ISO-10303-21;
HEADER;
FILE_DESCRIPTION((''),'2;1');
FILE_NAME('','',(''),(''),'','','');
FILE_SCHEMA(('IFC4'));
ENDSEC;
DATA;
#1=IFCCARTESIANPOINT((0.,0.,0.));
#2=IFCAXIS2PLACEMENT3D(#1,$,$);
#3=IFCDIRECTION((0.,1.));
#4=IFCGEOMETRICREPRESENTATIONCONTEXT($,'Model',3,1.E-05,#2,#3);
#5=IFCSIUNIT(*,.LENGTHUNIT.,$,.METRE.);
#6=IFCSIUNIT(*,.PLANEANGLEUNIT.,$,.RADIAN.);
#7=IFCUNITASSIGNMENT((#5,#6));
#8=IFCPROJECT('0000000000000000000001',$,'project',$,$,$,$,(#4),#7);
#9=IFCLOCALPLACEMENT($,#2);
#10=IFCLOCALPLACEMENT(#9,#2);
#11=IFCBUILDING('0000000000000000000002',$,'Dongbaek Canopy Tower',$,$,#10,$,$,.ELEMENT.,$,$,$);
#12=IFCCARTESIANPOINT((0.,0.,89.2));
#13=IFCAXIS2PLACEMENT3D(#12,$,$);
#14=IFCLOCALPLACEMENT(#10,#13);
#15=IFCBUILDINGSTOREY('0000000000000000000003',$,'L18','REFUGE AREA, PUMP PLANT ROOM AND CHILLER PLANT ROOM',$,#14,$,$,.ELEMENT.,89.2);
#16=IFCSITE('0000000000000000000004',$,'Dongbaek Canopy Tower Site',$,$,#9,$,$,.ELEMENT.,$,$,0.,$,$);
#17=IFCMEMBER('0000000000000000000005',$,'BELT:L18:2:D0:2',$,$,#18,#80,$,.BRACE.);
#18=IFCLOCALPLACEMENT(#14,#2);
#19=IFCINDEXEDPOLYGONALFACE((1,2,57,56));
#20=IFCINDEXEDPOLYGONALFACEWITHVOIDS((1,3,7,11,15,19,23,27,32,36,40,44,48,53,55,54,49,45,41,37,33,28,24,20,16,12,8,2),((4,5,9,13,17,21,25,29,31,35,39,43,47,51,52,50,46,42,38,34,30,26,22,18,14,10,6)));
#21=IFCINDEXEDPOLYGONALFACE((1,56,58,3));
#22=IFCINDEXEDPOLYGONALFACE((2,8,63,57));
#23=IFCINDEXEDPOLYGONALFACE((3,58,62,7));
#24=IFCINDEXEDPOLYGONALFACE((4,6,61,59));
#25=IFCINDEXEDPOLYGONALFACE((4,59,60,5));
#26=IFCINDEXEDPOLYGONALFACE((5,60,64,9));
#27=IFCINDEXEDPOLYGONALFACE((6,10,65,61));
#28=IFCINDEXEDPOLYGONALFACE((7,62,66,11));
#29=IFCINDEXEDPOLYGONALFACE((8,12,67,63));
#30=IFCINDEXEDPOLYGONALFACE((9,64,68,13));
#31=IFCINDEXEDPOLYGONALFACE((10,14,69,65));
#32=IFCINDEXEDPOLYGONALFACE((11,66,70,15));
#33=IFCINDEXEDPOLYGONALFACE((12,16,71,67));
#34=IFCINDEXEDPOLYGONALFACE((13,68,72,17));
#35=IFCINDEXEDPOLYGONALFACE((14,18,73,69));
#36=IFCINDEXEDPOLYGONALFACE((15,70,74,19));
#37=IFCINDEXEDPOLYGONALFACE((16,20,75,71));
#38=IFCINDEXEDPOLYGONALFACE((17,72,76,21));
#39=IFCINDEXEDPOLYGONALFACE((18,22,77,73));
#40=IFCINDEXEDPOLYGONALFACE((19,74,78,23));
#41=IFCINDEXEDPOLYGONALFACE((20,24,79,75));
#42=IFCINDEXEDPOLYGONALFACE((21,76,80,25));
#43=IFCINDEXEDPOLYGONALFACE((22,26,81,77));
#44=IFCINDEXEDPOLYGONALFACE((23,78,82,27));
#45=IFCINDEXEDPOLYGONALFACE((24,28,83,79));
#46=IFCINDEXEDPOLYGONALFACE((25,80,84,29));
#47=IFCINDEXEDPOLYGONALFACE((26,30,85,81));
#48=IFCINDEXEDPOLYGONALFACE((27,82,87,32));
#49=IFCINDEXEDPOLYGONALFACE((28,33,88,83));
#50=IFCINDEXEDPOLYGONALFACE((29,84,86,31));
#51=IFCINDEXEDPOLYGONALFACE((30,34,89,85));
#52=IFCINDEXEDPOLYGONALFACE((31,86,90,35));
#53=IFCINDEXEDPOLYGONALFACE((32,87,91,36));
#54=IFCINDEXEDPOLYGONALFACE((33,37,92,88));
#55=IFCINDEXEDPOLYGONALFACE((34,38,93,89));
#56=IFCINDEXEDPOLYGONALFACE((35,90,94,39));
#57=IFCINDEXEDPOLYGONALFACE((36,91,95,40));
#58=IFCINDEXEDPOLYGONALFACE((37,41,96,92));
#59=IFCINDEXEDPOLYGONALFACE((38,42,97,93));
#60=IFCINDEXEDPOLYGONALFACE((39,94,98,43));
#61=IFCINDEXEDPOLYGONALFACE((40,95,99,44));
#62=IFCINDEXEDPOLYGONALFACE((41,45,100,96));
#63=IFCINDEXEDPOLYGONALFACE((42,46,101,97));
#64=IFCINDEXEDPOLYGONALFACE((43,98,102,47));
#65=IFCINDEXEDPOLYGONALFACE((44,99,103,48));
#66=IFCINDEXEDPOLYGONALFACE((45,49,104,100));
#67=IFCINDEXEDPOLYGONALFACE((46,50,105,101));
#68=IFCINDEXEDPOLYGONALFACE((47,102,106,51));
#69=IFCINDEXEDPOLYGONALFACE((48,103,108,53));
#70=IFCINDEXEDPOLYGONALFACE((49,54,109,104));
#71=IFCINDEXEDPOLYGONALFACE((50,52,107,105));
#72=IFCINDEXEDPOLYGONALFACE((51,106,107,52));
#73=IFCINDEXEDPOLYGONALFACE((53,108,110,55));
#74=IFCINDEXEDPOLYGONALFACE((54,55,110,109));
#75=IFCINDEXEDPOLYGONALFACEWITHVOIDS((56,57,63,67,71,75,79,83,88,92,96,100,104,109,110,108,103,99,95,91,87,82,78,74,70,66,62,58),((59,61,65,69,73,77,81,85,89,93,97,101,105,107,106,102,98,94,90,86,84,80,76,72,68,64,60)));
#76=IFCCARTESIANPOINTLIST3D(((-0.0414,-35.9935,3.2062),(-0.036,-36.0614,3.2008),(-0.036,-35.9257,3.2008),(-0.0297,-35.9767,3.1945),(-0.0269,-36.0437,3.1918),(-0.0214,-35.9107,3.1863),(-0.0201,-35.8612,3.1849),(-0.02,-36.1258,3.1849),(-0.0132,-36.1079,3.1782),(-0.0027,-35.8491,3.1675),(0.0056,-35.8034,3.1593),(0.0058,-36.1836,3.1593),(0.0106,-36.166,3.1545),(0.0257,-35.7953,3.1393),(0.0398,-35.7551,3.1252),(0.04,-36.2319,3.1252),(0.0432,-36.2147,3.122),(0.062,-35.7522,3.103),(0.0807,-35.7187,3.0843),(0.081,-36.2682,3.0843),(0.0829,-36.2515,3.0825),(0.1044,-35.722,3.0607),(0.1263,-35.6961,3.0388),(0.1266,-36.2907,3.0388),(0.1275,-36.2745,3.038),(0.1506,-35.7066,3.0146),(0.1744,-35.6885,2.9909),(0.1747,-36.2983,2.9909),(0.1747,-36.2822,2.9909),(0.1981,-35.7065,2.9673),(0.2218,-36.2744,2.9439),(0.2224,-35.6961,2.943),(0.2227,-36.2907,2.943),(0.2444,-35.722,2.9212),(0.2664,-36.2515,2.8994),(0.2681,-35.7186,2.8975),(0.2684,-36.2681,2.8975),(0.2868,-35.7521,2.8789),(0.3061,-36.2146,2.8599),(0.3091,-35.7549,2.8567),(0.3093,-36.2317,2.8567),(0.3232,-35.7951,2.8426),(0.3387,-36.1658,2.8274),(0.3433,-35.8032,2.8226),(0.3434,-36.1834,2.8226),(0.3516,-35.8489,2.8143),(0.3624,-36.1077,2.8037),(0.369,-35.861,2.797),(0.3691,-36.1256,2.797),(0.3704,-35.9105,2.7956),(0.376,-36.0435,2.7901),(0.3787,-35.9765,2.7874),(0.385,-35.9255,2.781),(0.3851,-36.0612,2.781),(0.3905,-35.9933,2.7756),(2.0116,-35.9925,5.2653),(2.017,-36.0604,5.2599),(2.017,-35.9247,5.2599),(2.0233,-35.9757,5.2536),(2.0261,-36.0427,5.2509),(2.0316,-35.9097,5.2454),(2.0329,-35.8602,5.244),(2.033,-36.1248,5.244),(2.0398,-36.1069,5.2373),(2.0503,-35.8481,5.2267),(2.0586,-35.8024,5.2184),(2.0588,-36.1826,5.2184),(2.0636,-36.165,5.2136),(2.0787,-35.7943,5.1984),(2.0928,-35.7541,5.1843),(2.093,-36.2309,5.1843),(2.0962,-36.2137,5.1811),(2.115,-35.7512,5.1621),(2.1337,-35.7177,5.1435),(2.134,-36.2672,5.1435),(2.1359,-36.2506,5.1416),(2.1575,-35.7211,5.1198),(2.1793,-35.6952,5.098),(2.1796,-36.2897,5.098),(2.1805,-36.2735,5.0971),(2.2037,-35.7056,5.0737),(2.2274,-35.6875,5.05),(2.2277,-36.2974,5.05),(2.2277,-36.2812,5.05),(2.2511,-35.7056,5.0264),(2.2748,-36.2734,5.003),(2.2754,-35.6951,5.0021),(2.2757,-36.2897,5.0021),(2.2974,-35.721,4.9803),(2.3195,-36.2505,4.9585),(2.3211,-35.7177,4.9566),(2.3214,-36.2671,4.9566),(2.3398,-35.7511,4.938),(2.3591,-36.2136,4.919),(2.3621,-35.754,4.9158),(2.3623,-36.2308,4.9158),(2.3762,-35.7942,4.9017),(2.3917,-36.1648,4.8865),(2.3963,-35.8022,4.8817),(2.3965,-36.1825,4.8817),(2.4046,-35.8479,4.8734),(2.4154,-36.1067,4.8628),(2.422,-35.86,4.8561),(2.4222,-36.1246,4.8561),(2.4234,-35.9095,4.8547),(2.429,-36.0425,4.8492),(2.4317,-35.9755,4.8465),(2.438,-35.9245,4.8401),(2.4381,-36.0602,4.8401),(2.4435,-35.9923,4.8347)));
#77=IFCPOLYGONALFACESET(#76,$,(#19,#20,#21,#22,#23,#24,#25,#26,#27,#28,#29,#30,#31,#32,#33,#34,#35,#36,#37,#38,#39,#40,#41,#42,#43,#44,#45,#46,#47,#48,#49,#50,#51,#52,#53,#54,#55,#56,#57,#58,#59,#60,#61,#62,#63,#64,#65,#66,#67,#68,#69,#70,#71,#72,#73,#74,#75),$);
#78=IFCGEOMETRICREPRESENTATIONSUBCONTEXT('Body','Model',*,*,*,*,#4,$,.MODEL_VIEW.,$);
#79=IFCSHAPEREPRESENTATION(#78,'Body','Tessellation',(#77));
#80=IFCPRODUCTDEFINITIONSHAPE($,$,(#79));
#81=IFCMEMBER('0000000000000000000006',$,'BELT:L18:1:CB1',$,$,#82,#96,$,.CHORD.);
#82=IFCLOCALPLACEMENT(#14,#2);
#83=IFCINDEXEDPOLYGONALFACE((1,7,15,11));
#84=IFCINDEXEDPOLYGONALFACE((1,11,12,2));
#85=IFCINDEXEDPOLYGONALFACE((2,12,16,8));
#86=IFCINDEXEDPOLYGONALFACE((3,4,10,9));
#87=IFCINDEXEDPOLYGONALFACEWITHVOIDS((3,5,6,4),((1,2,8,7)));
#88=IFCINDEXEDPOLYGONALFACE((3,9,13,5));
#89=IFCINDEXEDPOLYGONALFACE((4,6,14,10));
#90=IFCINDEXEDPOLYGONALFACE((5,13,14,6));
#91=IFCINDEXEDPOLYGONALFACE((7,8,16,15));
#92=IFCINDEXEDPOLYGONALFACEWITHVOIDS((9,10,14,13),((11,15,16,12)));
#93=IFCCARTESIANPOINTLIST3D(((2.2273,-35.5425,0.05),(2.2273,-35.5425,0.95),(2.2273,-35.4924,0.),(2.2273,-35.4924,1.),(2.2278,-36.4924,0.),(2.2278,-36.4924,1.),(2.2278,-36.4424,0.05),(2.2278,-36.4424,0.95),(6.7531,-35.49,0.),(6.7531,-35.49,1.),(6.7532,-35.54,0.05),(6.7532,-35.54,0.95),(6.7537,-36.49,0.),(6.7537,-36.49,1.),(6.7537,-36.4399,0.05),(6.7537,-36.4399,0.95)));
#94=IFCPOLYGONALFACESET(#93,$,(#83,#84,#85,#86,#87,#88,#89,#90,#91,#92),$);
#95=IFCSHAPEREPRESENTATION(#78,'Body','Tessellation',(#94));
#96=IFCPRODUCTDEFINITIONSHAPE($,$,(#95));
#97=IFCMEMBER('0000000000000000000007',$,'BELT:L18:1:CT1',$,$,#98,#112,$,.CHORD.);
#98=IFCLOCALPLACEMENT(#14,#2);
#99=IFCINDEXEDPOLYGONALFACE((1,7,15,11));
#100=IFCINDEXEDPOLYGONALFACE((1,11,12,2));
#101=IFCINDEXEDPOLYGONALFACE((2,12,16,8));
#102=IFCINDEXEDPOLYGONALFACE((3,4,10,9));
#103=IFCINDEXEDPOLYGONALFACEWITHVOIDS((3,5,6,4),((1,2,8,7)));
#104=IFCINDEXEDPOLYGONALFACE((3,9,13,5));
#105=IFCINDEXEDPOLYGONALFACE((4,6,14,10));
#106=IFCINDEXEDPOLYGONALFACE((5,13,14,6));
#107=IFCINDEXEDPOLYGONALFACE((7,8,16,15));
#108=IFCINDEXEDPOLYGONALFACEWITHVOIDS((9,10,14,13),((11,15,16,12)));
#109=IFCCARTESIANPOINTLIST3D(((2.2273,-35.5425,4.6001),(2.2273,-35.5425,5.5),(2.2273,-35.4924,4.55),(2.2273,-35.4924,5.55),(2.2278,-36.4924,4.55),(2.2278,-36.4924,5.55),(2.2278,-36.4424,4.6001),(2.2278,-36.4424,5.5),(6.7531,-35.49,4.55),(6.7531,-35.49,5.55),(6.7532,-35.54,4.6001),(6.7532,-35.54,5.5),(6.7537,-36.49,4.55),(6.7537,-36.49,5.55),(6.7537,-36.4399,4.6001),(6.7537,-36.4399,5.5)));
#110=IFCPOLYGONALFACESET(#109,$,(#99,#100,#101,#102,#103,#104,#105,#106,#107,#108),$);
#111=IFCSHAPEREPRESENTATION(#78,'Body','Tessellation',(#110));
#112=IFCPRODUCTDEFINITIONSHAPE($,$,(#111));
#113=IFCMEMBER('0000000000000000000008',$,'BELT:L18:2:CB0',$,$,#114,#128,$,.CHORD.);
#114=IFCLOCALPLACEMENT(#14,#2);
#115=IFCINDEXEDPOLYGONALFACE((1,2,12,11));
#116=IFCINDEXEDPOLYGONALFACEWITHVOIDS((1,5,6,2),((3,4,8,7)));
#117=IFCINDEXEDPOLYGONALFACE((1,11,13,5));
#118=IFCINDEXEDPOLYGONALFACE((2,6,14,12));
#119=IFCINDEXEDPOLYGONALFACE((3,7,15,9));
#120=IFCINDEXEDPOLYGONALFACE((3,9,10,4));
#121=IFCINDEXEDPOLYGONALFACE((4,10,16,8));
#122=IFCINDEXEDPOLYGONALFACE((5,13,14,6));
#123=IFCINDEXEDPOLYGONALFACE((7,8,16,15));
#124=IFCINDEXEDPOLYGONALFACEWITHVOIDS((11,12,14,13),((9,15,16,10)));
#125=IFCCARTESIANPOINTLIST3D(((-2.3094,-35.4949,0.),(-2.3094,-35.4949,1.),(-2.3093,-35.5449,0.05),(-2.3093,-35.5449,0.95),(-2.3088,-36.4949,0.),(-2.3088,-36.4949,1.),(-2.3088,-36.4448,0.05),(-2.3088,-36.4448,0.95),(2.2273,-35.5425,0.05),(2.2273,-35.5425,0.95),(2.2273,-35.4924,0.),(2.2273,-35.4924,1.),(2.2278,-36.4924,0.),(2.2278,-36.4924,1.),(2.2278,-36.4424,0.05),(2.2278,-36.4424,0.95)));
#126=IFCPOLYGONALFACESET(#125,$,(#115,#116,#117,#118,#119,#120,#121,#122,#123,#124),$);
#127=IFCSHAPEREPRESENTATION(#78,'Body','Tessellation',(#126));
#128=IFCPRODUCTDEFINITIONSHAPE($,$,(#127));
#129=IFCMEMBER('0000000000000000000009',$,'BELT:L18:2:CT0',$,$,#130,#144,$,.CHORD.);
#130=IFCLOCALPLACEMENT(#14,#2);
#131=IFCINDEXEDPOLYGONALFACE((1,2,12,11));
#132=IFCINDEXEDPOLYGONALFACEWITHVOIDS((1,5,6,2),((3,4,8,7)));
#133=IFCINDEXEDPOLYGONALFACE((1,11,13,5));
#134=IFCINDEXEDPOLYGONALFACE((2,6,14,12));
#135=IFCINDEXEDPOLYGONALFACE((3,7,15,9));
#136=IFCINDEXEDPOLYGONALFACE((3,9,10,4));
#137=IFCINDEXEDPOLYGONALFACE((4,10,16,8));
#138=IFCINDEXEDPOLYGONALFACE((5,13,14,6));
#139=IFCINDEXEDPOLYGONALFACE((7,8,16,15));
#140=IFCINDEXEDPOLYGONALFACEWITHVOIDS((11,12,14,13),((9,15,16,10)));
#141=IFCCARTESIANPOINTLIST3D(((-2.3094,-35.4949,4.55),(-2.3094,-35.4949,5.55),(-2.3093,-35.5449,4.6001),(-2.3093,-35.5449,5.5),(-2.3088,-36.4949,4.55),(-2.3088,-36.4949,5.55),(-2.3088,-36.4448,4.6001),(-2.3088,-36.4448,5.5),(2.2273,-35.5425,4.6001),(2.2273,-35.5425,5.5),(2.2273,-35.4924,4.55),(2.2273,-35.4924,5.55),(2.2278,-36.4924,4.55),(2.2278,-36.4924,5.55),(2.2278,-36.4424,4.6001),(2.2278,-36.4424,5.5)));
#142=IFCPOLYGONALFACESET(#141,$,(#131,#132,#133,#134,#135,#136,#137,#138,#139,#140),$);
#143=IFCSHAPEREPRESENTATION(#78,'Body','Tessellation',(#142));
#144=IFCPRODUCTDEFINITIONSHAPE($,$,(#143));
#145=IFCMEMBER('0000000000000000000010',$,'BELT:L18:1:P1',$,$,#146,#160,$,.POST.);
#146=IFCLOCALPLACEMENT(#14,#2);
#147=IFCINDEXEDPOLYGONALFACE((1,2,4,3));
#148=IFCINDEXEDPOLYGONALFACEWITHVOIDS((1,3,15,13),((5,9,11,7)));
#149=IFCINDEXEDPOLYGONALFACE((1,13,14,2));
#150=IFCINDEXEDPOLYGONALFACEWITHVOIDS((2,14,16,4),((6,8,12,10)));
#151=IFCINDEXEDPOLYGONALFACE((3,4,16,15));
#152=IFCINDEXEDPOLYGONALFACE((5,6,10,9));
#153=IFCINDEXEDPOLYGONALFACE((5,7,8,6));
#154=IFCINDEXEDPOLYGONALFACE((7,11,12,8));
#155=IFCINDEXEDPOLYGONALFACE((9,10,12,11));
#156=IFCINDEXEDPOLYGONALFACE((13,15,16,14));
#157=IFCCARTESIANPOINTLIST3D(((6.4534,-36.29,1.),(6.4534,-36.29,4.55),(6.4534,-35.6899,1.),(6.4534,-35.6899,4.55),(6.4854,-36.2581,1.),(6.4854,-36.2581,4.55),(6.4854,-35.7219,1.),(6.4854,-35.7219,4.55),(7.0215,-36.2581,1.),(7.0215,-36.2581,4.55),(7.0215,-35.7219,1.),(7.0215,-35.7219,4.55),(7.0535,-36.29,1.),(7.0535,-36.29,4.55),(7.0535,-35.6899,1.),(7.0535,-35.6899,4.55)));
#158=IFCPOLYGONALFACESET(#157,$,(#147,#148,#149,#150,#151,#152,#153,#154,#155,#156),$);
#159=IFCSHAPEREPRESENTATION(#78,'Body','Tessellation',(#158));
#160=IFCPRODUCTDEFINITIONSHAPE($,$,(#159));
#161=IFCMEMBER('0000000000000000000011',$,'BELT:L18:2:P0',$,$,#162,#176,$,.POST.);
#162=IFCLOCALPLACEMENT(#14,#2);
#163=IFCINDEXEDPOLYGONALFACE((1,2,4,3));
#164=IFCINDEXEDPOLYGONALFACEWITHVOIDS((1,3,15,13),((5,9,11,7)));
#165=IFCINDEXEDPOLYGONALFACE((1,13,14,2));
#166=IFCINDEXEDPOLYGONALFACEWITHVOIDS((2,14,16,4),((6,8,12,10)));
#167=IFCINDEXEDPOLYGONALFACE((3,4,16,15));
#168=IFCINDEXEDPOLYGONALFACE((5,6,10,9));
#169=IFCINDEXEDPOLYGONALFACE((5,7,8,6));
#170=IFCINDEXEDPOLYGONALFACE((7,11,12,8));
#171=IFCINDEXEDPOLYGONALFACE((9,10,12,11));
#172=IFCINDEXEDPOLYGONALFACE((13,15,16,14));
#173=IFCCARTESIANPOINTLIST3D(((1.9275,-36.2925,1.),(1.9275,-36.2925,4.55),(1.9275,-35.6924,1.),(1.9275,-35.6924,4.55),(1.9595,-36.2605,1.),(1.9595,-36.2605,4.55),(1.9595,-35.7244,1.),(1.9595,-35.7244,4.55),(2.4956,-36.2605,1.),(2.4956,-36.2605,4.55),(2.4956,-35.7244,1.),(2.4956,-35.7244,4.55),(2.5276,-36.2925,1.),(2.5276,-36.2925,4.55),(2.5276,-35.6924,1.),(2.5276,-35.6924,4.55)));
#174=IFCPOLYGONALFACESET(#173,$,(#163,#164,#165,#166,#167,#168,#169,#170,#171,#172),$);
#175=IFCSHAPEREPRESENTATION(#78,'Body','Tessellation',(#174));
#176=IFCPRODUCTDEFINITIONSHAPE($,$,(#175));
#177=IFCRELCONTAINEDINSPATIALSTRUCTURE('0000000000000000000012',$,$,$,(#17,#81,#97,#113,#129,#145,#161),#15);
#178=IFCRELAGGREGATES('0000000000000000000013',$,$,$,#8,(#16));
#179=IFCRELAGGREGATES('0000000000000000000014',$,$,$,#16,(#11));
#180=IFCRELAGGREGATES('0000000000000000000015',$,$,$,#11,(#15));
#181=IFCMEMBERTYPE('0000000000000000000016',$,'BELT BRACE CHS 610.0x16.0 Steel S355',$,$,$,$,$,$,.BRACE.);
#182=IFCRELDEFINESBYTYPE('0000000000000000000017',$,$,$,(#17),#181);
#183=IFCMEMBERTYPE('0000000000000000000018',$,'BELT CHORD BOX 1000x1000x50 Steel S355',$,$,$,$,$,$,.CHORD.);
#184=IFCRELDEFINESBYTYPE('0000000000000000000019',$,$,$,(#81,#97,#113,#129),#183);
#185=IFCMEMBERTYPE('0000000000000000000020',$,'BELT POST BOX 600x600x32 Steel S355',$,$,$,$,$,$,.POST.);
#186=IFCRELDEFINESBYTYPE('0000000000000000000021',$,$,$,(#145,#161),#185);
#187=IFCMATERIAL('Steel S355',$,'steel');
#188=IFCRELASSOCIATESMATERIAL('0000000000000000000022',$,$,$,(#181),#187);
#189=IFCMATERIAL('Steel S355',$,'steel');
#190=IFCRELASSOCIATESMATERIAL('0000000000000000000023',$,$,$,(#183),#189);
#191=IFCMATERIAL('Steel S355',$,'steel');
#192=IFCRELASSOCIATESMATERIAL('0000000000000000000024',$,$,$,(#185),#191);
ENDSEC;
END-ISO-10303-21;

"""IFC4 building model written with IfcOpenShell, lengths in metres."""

from ifc_helpers import new_model, si_unit, direction, frame, origin, origin_2d, place, context, subcontext, project, spatial, hollow_rectangle, hollow_circle, extrude, material, material_profile, profile_set, type_object, element, save


model = new_model("IFC4")

# Units and contexts
model_context = context("Model", 3, precision=1e-05, world=origin(), true_north=direction((0.0, 1.0)))
body_context = subcontext(model_context, "Body", "Model", "MODEL_VIEW")
ifc_project = project(units=[si_unit("LENGTHUNIT", "METRE"), si_unit("PLANEANGLEUNIT", "RADIAN")], contexts=[model_context])

# Site, building, storey
site_placement = place(None, origin())
site = spatial("IfcSite", under=ifc_project, at=site_placement, Name="Dongbaek Canopy Tower Site", CompositionType="ELEMENT", RefElevation=0.0)
building_placement = place(site_placement, origin())
building = spatial("IfcBuilding", under=site, at=building_placement, Name="Dongbaek Canopy Tower", CompositionType="ELEMENT")
storey_placement = place(building_placement, frame((0.0, 0.0, 89.2)))
storey = spatial("IfcBuildingStorey", under=building, at=storey_placement, Name="L18", Description="REFUGE AREA, PUMP PLANT ROOM AND CHILLER PLANT ROOM", CompositionType="ELEMENT", Elevation=89.2)

# Members
ifc_material_1 = material(Name="Steel S355", Category="steel")
ifc_material_profile_1 = material_profile(ifc_material_1, hollow_circle(Radius=0.3049, WallThickness=0.0161, at=origin_2d()), Name="BELT BRACE CHS 610.0x16.0 Steel S355")
ifc_profile_set_1 = profile_set([ifc_material_profile_1], Name="Steel S355")
member_type_1 = type_object("IfcMemberType", Name="BELT BRACE CHS 610.0x16.0 Steel S355", PredefinedType="BRACE", material=ifc_profile_set_1)
member_1_placement = place(storey_placement, frame((2.2275, -35.9924, 5.05), z_axis=(-0.706056, -0.000336, -0.708156), x_axis=(0.000476, -1.0, 0.0)))
element("IfcMember", 1, at=member_1_placement, inside=storey, type_object=member_type_1, Name="BELT:L18:2:D0:2", PredefinedType="BRACE", context=body_context, shape_type="SweptSolid", body=[
    extrude(hollow_circle(Radius=0.3049, WallThickness=0.0161, at=origin_2d()), origin(), (0.0, 0.0, 1.0), 2.9077),
])
ifc_material_2 = material(Name="Steel S355", Category="steel")
ifc_material_profile_2 = material_profile(ifc_material_2, hollow_rectangle(XDim=1.0, YDim=1.0, WallThickness=0.05, at=origin_2d()), Name="BELT CHORD BOX 1000x1000x50 Steel S355")
ifc_profile_set_2 = profile_set([ifc_material_profile_2], Name="Steel S355")
member_type_2 = type_object("IfcMemberType", Name="BELT CHORD BOX 1000x1000x50 Steel S355", PredefinedType="CHORD", material=ifc_profile_set_2)
for number, where, z_axis, x_axis, name in (
    (2, (6.7534, -35.99, 0.5), (-1.0, -0.000539, 0.0), (0.000539, -1.0, 0.0), "BELT:L18:1:CB1"),
    (3, (6.7534, -35.99, 5.05), (-1.0, -0.000539, 0.0), (0.000539, -1.0, 0.0), "BELT:L18:1:CT1"),
):
    element("IfcMember", number, at=place(storey_placement, frame(where, z_axis=z_axis, x_axis=x_axis)), inside=storey, type_object=member_type_2, Name=name, PredefinedType="CHORD", context=body_context, shape_type="SweptSolid", body=[
        extrude(hollow_rectangle(XDim=1.0, YDim=1.0, WallThickness=0.05, at=origin_2d()), origin(), (0.0, 0.0, 1.0), 4.5259),
    ])
for number, where, z_axis, x_axis, name in (
    (4, (2.2275, -35.9924, 0.5), (-1.0, -0.000538, 0.0), (0.000538, -1.0, 0.0), "BELT:L18:2:CB0"),
    (5, (2.2275, -35.9924, 5.05), (-1.0, -0.000538, 0.0), (0.000538, -1.0, 0.0), "BELT:L18:2:CT0"),
):
    element("IfcMember", number, at=place(storey_placement, frame(where, z_axis=z_axis, x_axis=x_axis)), inside=storey, type_object=member_type_2, Name=name, PredefinedType="CHORD", context=body_context, shape_type="SweptSolid", body=[
        extrude(hollow_rectangle(XDim=1.0, YDim=1.0, WallThickness=0.05, at=origin_2d()), origin(), (0.0, 0.0, 1.0), 4.5366),
    ])
ifc_material_3 = material(Name="Steel S355", Category="steel")
ifc_material_profile_3 = material_profile(ifc_material_3, hollow_rectangle(XDim=0.6001, YDim=0.6001, WallThickness=0.032, at=origin_2d()), Name="BELT POST BOX 600x600x32 Steel S355")
ifc_profile_set_3 = profile_set([ifc_material_profile_3], Name="Steel S355")
member_type_3 = type_object("IfcMemberType", Name="BELT POST BOX 600x600x32 Steel S355", PredefinedType="POST", material=ifc_profile_set_3)
for number, where, z_axis, x_axis, name in (
    (6, (6.7534, -35.99, 1.0), (0.0, 0.0, 1.0), (1.0, 0.0, 0.0), "BELT:L18:1:P1"),
    (7, (2.2275, -35.9924, 1.0), (0.0, 0.0, 1.0), (1.0, 0.0, 0.0), "BELT:L18:2:P0"),
):
    element("IfcMember", number, at=place(storey_placement, frame(where, z_axis=z_axis, x_axis=x_axis)), inside=storey, type_object=member_type_3, Name=name, PredefinedType="POST", context=body_context, shape_type="SweptSolid", body=[
        extrude(hollow_rectangle(XDim=0.6001, YDim=0.6001, WallThickness=0.032, at=origin_2d()), origin(), (0.0, 0.0, 1.0), 3.55),
    ])

save(model, "model.ifc")
